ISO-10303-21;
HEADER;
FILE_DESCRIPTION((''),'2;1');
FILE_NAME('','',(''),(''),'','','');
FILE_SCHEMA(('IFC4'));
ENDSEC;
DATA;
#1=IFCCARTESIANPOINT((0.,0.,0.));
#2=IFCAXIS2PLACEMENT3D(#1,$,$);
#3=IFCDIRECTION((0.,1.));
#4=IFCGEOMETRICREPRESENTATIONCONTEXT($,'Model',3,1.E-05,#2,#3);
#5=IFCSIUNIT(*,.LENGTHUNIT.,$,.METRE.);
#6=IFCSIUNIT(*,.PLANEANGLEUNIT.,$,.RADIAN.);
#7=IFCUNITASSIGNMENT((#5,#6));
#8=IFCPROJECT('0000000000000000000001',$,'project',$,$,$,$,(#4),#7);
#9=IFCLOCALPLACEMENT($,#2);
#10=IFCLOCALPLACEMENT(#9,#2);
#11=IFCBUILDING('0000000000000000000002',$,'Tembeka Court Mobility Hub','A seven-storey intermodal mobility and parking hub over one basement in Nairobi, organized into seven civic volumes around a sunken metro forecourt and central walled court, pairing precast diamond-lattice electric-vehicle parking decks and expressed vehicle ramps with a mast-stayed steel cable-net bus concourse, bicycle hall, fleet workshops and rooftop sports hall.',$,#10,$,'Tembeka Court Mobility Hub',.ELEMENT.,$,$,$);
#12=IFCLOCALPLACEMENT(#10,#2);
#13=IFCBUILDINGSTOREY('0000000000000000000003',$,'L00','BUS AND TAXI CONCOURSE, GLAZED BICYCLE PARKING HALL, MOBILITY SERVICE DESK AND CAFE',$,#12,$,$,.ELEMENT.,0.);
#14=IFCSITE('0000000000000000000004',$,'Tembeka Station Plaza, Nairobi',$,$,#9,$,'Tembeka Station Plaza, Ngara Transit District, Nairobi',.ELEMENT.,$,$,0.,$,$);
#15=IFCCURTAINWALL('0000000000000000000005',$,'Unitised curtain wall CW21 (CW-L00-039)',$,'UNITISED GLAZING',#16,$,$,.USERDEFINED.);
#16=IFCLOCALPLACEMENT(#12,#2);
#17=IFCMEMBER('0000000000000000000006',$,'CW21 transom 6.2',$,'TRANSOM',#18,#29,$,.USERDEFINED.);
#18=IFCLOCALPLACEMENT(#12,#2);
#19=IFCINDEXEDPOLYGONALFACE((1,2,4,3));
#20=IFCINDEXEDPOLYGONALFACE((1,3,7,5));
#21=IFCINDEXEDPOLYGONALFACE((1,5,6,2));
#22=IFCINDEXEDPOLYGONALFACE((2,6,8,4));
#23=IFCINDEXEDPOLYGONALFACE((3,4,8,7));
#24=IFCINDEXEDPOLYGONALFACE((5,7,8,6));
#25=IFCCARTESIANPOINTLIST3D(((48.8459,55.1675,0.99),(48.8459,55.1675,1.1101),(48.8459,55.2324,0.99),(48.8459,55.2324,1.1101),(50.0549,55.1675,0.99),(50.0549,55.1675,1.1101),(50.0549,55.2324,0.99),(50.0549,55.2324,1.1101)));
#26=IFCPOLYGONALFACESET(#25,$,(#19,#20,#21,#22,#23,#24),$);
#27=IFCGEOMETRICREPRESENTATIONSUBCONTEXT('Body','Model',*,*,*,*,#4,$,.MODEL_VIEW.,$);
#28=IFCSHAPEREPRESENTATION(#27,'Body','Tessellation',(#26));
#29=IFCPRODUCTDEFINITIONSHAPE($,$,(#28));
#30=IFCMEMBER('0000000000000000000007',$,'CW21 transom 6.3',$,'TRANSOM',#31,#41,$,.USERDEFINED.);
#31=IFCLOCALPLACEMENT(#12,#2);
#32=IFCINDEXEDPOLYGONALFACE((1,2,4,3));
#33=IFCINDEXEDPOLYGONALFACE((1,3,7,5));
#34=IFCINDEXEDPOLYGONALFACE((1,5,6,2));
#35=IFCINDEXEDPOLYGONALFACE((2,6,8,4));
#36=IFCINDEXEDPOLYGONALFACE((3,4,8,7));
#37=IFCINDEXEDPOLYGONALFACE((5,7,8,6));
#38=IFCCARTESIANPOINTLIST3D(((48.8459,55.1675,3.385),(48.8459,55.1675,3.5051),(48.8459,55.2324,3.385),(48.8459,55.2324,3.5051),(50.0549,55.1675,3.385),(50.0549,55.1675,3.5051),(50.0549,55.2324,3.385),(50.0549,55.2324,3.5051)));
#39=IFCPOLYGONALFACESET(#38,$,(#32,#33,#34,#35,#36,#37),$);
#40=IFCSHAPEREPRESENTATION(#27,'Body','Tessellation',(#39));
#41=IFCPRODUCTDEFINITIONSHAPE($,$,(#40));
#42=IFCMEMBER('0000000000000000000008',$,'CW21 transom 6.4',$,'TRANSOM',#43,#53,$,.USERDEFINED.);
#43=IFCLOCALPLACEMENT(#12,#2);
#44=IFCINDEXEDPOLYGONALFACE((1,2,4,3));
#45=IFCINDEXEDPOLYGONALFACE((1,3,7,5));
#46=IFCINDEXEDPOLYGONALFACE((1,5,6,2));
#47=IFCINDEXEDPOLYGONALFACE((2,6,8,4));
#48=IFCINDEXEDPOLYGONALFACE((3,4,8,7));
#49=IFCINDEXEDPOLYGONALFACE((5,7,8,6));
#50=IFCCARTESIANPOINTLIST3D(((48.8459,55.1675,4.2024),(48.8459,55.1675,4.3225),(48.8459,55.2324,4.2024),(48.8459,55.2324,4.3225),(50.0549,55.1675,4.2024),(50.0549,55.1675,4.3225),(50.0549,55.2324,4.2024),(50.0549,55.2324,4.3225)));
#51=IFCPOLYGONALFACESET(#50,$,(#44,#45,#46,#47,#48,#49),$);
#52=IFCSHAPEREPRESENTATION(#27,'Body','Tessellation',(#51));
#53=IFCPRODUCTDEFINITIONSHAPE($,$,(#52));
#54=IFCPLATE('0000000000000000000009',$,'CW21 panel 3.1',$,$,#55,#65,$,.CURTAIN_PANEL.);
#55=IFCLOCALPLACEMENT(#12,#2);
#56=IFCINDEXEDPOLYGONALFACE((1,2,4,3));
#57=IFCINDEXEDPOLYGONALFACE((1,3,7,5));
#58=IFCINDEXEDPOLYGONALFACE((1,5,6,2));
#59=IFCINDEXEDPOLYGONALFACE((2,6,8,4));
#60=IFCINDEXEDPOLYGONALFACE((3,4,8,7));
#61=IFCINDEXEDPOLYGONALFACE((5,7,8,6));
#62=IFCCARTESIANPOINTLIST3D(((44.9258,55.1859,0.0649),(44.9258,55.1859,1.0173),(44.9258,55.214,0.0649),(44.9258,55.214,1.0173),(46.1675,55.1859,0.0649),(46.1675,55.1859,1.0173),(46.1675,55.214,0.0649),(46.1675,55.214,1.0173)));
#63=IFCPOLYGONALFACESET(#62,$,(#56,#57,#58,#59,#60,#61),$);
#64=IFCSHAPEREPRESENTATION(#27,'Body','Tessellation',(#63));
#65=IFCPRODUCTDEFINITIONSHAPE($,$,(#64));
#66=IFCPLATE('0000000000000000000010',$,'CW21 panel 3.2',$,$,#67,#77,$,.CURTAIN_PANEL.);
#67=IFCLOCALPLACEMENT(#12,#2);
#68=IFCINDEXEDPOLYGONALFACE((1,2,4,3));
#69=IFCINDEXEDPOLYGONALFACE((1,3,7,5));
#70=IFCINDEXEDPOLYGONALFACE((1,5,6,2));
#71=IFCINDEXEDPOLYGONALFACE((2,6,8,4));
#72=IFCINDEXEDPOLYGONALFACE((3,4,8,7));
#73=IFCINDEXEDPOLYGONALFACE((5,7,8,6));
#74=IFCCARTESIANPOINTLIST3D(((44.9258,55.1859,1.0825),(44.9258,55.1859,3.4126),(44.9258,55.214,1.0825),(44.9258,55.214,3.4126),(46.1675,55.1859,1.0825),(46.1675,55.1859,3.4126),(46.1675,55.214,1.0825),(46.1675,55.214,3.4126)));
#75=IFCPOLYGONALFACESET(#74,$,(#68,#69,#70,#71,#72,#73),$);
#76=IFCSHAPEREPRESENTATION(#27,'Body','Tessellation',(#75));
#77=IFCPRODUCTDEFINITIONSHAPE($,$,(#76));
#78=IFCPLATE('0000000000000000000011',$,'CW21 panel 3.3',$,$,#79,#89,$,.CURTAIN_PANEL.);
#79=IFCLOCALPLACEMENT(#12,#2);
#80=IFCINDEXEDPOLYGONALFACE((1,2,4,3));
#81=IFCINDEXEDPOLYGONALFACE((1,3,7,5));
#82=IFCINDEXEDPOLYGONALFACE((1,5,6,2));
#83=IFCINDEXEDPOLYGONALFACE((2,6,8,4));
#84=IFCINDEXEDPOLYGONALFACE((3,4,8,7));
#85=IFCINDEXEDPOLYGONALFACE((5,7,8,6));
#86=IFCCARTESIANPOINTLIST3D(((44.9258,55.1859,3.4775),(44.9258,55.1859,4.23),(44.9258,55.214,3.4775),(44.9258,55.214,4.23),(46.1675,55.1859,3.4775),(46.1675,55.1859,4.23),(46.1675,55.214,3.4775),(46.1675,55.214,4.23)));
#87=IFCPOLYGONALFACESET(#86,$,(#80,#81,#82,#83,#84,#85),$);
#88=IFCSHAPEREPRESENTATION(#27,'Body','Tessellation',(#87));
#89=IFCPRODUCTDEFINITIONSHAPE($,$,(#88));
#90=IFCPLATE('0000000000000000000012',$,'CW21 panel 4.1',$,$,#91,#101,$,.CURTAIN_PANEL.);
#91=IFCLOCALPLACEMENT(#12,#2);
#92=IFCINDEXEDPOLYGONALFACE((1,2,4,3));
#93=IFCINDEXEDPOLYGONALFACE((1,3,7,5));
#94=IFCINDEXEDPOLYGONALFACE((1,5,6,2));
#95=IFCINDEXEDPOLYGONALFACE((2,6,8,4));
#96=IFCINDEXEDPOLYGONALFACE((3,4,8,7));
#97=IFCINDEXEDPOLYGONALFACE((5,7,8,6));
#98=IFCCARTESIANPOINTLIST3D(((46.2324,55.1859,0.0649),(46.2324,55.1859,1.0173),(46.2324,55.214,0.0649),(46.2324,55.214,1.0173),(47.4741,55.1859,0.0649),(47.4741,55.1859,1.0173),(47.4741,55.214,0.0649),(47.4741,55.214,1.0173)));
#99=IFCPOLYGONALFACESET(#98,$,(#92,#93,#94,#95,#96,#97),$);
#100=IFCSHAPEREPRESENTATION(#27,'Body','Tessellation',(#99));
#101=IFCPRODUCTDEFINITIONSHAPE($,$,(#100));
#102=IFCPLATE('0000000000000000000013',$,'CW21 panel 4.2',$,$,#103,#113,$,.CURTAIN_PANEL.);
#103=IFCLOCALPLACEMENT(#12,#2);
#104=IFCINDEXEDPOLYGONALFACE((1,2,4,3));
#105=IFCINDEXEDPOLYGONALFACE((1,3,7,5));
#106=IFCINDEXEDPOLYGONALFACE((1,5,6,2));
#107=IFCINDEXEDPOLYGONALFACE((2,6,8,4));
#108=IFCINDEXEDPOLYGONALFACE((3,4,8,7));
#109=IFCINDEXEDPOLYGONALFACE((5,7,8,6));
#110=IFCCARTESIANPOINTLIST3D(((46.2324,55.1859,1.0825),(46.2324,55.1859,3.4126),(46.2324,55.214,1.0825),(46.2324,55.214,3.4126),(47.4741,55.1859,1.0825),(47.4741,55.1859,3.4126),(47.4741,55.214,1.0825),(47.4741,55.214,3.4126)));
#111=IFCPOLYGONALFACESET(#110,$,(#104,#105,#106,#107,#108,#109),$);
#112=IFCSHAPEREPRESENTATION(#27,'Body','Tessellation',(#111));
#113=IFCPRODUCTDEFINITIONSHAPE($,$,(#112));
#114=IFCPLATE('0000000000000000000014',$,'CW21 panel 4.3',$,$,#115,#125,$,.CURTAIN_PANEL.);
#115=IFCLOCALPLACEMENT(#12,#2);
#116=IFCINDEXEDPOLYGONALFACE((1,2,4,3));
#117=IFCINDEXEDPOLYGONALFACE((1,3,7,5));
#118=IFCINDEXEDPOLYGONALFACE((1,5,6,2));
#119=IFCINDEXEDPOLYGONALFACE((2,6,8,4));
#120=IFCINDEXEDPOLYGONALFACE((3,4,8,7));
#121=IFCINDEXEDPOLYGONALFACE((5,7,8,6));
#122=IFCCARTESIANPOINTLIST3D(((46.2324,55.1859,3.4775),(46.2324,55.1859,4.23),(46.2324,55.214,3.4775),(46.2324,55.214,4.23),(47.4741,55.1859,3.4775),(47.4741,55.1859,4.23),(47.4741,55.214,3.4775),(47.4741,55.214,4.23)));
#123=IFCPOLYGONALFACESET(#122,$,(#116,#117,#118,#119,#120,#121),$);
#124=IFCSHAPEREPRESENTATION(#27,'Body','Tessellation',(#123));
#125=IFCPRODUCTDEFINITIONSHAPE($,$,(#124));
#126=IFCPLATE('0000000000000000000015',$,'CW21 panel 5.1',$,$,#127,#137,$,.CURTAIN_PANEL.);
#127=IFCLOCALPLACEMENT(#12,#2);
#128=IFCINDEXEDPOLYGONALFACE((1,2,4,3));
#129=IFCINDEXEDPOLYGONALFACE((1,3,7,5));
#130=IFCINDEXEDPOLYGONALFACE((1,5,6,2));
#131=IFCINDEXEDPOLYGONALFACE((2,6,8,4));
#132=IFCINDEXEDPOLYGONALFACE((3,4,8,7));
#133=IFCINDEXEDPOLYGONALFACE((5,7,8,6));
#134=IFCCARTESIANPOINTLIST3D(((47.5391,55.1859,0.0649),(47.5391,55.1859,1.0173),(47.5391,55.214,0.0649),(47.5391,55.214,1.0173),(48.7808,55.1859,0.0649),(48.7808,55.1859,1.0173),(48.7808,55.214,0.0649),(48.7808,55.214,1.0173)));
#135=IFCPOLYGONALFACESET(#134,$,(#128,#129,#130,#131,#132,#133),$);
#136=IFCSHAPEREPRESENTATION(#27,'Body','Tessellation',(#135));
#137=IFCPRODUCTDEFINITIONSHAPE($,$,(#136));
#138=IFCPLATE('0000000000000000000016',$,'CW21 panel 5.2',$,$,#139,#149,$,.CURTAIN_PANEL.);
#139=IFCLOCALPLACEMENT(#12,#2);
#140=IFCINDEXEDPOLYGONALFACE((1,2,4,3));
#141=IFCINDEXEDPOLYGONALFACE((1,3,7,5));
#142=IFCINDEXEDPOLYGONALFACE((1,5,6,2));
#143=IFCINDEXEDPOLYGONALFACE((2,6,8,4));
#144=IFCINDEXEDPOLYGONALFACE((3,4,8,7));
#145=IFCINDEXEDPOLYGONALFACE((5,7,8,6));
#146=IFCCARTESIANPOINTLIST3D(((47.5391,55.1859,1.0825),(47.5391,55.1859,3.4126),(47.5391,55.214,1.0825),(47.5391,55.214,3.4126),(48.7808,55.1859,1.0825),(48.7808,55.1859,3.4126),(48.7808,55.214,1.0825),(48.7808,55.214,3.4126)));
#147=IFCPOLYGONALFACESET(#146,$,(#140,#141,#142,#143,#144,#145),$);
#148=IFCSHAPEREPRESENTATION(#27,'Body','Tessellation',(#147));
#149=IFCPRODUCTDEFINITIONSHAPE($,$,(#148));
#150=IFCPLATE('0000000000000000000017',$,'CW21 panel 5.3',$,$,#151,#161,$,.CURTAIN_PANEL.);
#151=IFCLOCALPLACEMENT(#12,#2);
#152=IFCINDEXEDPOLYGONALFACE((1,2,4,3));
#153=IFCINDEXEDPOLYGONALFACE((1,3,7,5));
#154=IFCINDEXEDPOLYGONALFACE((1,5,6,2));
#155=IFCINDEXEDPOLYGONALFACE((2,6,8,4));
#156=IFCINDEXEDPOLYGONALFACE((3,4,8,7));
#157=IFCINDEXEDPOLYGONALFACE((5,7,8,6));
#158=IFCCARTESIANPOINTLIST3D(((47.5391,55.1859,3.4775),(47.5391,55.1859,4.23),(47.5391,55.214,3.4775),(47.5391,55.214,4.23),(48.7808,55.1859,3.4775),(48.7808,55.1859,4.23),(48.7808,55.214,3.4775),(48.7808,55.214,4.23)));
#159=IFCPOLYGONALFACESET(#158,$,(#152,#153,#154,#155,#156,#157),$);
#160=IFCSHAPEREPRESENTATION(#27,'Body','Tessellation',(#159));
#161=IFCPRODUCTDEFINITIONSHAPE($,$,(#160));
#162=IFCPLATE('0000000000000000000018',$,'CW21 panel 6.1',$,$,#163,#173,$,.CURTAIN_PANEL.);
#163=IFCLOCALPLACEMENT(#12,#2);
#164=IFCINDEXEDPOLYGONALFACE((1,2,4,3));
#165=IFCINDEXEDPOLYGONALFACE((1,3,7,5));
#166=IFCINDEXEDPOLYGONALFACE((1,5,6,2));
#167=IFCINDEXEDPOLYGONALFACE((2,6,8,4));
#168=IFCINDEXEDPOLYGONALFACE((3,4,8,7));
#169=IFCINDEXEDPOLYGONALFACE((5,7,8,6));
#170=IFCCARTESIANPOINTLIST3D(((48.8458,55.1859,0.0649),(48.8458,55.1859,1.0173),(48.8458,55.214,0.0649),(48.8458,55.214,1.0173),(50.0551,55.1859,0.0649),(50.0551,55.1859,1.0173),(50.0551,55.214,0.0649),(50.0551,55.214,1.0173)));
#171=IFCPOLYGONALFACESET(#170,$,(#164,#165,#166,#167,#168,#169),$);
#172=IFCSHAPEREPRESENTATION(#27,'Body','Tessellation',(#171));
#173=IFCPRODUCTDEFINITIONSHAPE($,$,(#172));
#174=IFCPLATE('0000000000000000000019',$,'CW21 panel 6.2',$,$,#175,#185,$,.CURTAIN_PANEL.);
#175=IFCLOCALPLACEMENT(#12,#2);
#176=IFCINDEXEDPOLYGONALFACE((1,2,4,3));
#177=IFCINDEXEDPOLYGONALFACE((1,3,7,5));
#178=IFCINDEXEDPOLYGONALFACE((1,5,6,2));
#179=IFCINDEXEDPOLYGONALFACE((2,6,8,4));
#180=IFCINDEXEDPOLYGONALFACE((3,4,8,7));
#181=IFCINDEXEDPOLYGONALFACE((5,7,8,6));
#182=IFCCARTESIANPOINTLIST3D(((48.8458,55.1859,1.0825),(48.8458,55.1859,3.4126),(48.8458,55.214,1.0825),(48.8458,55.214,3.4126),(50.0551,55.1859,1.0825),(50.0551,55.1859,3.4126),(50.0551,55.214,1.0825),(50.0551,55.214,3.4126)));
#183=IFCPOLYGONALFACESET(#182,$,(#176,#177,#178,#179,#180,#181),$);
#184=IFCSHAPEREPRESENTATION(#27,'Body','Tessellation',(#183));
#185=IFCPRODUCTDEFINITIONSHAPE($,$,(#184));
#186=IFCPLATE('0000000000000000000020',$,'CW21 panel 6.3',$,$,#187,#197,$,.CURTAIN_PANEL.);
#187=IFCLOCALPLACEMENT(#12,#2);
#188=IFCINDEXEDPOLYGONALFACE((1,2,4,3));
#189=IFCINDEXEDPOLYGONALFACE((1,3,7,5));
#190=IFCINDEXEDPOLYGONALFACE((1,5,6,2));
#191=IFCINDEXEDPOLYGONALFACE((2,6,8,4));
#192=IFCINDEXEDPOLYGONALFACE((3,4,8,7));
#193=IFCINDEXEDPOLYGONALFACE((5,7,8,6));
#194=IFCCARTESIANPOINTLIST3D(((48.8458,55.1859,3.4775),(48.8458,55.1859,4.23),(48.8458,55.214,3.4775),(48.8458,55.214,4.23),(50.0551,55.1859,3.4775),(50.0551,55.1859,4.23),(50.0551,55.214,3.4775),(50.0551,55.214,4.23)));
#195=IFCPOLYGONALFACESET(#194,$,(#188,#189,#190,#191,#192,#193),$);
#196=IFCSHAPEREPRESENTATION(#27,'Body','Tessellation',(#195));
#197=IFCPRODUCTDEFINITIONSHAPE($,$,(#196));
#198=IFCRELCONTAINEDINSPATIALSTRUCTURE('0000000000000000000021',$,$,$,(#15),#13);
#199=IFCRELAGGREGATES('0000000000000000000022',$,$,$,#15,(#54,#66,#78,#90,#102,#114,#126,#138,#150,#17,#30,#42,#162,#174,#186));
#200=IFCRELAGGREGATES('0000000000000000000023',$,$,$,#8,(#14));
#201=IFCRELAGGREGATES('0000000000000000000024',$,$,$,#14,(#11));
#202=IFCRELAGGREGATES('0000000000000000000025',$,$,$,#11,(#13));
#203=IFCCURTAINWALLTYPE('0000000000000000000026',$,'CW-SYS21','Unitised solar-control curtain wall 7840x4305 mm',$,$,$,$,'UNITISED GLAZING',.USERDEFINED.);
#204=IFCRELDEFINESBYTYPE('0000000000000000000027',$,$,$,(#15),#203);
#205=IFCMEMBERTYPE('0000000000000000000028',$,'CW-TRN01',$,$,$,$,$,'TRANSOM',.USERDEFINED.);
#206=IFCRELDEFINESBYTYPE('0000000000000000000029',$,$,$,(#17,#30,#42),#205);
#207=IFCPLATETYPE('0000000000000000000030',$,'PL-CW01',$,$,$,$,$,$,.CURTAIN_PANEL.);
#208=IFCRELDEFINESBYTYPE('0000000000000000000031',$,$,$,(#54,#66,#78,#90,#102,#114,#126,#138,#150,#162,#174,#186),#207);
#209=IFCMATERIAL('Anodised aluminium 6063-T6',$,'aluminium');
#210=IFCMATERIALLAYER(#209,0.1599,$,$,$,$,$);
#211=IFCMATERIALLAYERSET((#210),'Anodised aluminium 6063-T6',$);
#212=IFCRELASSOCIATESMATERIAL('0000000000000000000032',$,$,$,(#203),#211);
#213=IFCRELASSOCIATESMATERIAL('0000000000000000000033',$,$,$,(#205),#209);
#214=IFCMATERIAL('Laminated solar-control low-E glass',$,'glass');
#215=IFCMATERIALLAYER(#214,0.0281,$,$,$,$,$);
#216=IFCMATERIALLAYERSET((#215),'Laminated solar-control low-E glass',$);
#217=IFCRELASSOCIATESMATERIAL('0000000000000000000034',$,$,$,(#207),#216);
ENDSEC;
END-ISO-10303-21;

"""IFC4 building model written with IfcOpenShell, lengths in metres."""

from ifc_helpers import new_model, si_unit, direction, frame, origin, origin_2d, place, context, subcontext, project, spatial, rectangle, extrude, material, layer, layer_set, material_profile, profile_set, type_object, element, aggregate, save


model = new_model("IFC4")

# Units and contexts
model_context = context("Model", 3, precision=1e-05, world=origin(), true_north=direction((0.0, 1.0)))
body_context = subcontext(model_context, "Body", "Model", "MODEL_VIEW")
ifc_project = project(units=[si_unit("LENGTHUNIT", "METRE"), si_unit("PLANEANGLEUNIT", "RADIAN")], contexts=[model_context])

# Site, building, storey
site_placement = place(None, origin())
site = spatial("IfcSite", under=ifc_project, at=site_placement, Name="Tembeka Station Plaza, Nairobi", LongName="Tembeka Station Plaza, Ngara Transit District, Nairobi", CompositionType="ELEMENT", RefElevation=0.0)
building_placement = place(site_placement, origin())
building = spatial("IfcBuilding", under=site, at=building_placement, Name="Tembeka Court Mobility Hub", Description="A seven-storey intermodal mobility and parking hub over one basement in Nairobi, organized into seven civic volumes around a sunken metro forecourt and central walled court, pairing precast diamond-lattice electric-vehicle parking decks and expressed vehicle ramps with a mast-stayed steel cable-net bus concourse, bicycle hall, fleet workshops and rooftop sports hall.", LongName="Tembeka Court Mobility Hub", CompositionType="ELEMENT")
storey_placement = place(building_placement, origin())
storey = spatial("IfcBuildingStorey", under=building, at=storey_placement, Name="L00", Description="BUS AND TAXI CONCOURSE, GLAZED BICYCLE PARKING HALL, MOBILITY SERVICE DESK AND CAFE", CompositionType="ELEMENT", Elevation=0.0)

# Curtain wall, members, plates
ifc_material_1 = material(Name="Anodised aluminium 6063-T6", Category="aluminium")
ifc_layer_1 = layer(ifc_material_1, 0.1599)
ifc_layer_set_1 = layer_set([ifc_layer_1], Name="Anodised aluminium 6063-T6")
curtain_wall_type = type_object("IfcCurtainWallType", Name="CW-SYS21", Description="Unitised solar-control curtain wall 7840x4305 mm", ElementType="UNITISED GLAZING", PredefinedType="USERDEFINED", material=ifc_layer_set_1)
curtain_wall_placement = place(storey_placement, origin())
curtain_wall = element("IfcCurtainWall", 1, at=curtain_wall_placement, inside=storey, type_object=curtain_wall_type, Name="Unitised curtain wall CW21 (CW-L00-039)", ObjectType="UNITISED GLAZING", PredefinedType="USERDEFINED")
ifc_material_profile_1 = material_profile(ifc_material_1, rectangle(XDim=0.0649, YDim=0.1201, at=origin_2d()), Name="ALU-TRN 65x120")
ifc_profile_set_1 = profile_set([ifc_material_profile_1], Name="Anodised aluminium 6063-T6")
member_type_1 = type_object("IfcMemberType", Name="CW-TRN01", ElementType="TRANSOM", PredefinedType="USERDEFINED", material=ifc_profile_set_1)
member_1_placement = place(storey_placement, frame((48.8459, 55.2, 1.05), z_axis=(1.0, 0.0, 0.0), x_axis=(0.0, 1.0, 0.0)))
member_1 = element("IfcMember", 2, at=member_1_placement, type_object=member_type_1, Name="CW21 transom 6.2", ObjectType="TRANSOM", PredefinedType="USERDEFINED", context=body_context, shape_type="SweptSolid", body=[
    extrude(rectangle(XDim=0.0649, YDim=0.1201, at=origin_2d()), origin(), (0.0, 0.0, 1.0), 1.209),
])
member_2_placement = place(storey_placement, frame((48.8459, 55.2, 3.4451), z_axis=(1.0, 0.0, 0.0), x_axis=(0.0, 1.0, 0.0)))
member_2 = element("IfcMember", 3, at=member_2_placement, type_object=member_type_1, Name="CW21 transom 6.3", ObjectType="TRANSOM", PredefinedType="USERDEFINED", context=body_context, shape_type="SweptSolid", body=[
    extrude(rectangle(XDim=0.0649, YDim=0.1201, at=origin_2d()), origin(), (0.0, 0.0, 1.0), 1.209),
])
member_3_placement = place(storey_placement, frame((48.8459, 55.2, 4.2625), z_axis=(1.0, 0.0, 0.0), x_axis=(0.0, 1.0, 0.0)))
member_3 = element("IfcMember", 4, at=member_3_placement, type_object=member_type_1, Name="CW21 transom 6.4", ObjectType="TRANSOM", PredefinedType="USERDEFINED", context=body_context, shape_type="SweptSolid", body=[
    extrude(rectangle(XDim=0.0649, YDim=0.1201, at=origin_2d()), origin(), (0.0, 0.0, 1.0), 1.209),
])
ifc_material_2 = material(Name="Laminated solar-control low-E glass", Category="glass")
ifc_layer_2 = layer(ifc_material_2, 0.0281)
ifc_layer_set_2 = layer_set([ifc_layer_2], Name="Laminated solar-control low-E glass")
plate_type = type_object("IfcPlateType", Name="PL-CW01", PredefinedType="CURTAIN_PANEL", material=ifc_layer_set_2)
plate_1_placement = place(storey_placement, frame((45.5466, 55.2, 0.0649), z_axis=(0.0, 0.0, 1.0), x_axis=(1.0, 0.0, 0.0)))
plate_1 = element("IfcPlate", 5, at=plate_1_placement, type_object=plate_type, Name="CW21 panel 3.1", PredefinedType="CURTAIN_PANEL", context=body_context, shape_type="SweptSolid", body=[
    extrude(rectangle(XDim=1.2417, YDim=0.0281, at=origin_2d()), origin(), (0.0, 0.0, 1.0), 0.9524),
])
plate_2_placement = place(storey_placement, frame((45.5466, 55.2, 1.0825), z_axis=(0.0, 0.0, 1.0), x_axis=(1.0, 0.0, 0.0)))
plate_2 = element("IfcPlate", 6, at=plate_2_placement, type_object=plate_type, Name="CW21 panel 3.2", PredefinedType="CURTAIN_PANEL", context=body_context, shape_type="SweptSolid", body=[
    extrude(rectangle(XDim=1.2417, YDim=0.0281, at=origin_2d()), origin(), (0.0, 0.0, 1.0), 2.3301),
])
plate_3_placement = place(storey_placement, frame((45.5466, 55.2, 3.4775), z_axis=(0.0, 0.0, 1.0), x_axis=(1.0, 0.0, 0.0)))
plate_3 = element("IfcPlate", 7, at=plate_3_placement, type_object=plate_type, Name="CW21 panel 3.3", PredefinedType="CURTAIN_PANEL", context=body_context, shape_type="SweptSolid", body=[
    extrude(rectangle(XDim=1.2417, YDim=0.0281, at=origin_2d()), origin(), (0.0, 0.0, 1.0), 0.7524),
])
plate_4_placement = place(storey_placement, frame((46.8533, 55.2, 0.0649), z_axis=(0.0, 0.0, 1.0), x_axis=(1.0, 0.0, 0.0)))
plate_4 = element("IfcPlate", 8, at=plate_4_placement, type_object=plate_type, Name="CW21 panel 4.1", PredefinedType="CURTAIN_PANEL", context=body_context, shape_type="SweptSolid", body=[
    extrude(rectangle(XDim=1.2417, YDim=0.0281, at=origin_2d()), origin(), (0.0, 0.0, 1.0), 0.9524),
])
plate_5_placement = place(storey_placement, frame((46.8533, 55.2, 1.0825), z_axis=(0.0, 0.0, 1.0), x_axis=(1.0, 0.0, 0.0)))
plate_5 = element("IfcPlate", 9, at=plate_5_placement, type_object=plate_type, Name="CW21 panel 4.2", PredefinedType="CURTAIN_PANEL", context=body_context, shape_type="SweptSolid", body=[
    extrude(rectangle(XDim=1.2417, YDim=0.0281, at=origin_2d()), origin(), (0.0, 0.0, 1.0), 2.3301),
])
plate_6_placement = place(storey_placement, frame((46.8533, 55.2, 3.4775), z_axis=(0.0, 0.0, 1.0), x_axis=(1.0, 0.0, 0.0)))
plate_6 = element("IfcPlate", 10, at=plate_6_placement, type_object=plate_type, Name="CW21 panel 4.3", PredefinedType="CURTAIN_PANEL", context=body_context, shape_type="SweptSolid", body=[
    extrude(rectangle(XDim=1.2417, YDim=0.0281, at=origin_2d()), origin(), (0.0, 0.0, 1.0), 0.7524),
])
plate_7_placement = place(storey_placement, frame((48.1599, 55.2, 0.0649), z_axis=(0.0, 0.0, 1.0), x_axis=(1.0, 0.0, 0.0)))
plate_7 = element("IfcPlate", 11, at=plate_7_placement, type_object=plate_type, Name="CW21 panel 5.1", PredefinedType="CURTAIN_PANEL", context=body_context, shape_type="SweptSolid", body=[
    extrude(rectangle(XDim=1.2417, YDim=0.0281, at=origin_2d()), origin(), (0.0, 0.0, 1.0), 0.9524),
])
plate_8_placement = place(storey_placement, frame((48.1599, 55.2, 1.0825), z_axis=(0.0, 0.0, 1.0), x_axis=(1.0, 0.0, 0.0)))
plate_8 = element("IfcPlate", 12, at=plate_8_placement, type_object=plate_type, Name="CW21 panel 5.2", PredefinedType="CURTAIN_PANEL", context=body_context, shape_type="SweptSolid", body=[
    extrude(rectangle(XDim=1.2417, YDim=0.0281, at=origin_2d()), origin(), (0.0, 0.0, 1.0), 2.3301),
])
plate_9_placement = place(storey_placement, frame((48.1599, 55.2, 3.4775), z_axis=(0.0, 0.0, 1.0), x_axis=(1.0, 0.0, 0.0)))
plate_9 = element("IfcPlate", 13, at=plate_9_placement, type_object=plate_type, Name="CW21 panel 5.3", PredefinedType="CURTAIN_PANEL", context=body_context, shape_type="SweptSolid", body=[
    extrude(rectangle(XDim=1.2417, YDim=0.0281, at=origin_2d()), origin(), (0.0, 0.0, 1.0), 0.7524),
])
plate_10_placement = place(storey_placement, frame((49.4504, 55.2, 0.0649), z_axis=(0.0, 0.0, 1.0), x_axis=(1.0, 0.0, 0.0)))
plate_10 = element("IfcPlate", 14, at=plate_10_placement, type_object=plate_type, Name="CW21 panel 6.1", PredefinedType="CURTAIN_PANEL", context=body_context, shape_type="SweptSolid", body=[
    extrude(rectangle(XDim=1.2092, YDim=0.0281, at=origin_2d()), origin(), (0.0, 0.0, 1.0), 0.9524),
])
plate_11_placement = place(storey_placement, frame((49.4504, 55.2, 1.0825), z_axis=(0.0, 0.0, 1.0), x_axis=(1.0, 0.0, 0.0)))
plate_11 = element("IfcPlate", 15, at=plate_11_placement, type_object=plate_type, Name="CW21 panel 6.2", PredefinedType="CURTAIN_PANEL", context=body_context, shape_type="SweptSolid", body=[
    extrude(rectangle(XDim=1.2092, YDim=0.0281, at=origin_2d()), origin(), (0.0, 0.0, 1.0), 2.3301),
])
plate_12_placement = place(storey_placement, frame((49.4504, 55.2, 3.4775), z_axis=(0.0, 0.0, 1.0), x_axis=(1.0, 0.0, 0.0)))
plate_12 = element("IfcPlate", 16, at=plate_12_placement, type_object=plate_type, Name="CW21 panel 6.3", PredefinedType="CURTAIN_PANEL", context=body_context, shape_type="SweptSolid", body=[
    extrude(rectangle(XDim=1.2092, YDim=0.0281, at=origin_2d()), origin(), (0.0, 0.0, 1.0), 0.7524),
])
aggregate(curtain_wall, [plate_1, plate_2, plate_3, plate_4, plate_5, plate_6, plate_7, plate_8, plate_9, member_1, member_2, member_3, plate_10, plate_11, plate_12])

save(model, "model.ifc")
